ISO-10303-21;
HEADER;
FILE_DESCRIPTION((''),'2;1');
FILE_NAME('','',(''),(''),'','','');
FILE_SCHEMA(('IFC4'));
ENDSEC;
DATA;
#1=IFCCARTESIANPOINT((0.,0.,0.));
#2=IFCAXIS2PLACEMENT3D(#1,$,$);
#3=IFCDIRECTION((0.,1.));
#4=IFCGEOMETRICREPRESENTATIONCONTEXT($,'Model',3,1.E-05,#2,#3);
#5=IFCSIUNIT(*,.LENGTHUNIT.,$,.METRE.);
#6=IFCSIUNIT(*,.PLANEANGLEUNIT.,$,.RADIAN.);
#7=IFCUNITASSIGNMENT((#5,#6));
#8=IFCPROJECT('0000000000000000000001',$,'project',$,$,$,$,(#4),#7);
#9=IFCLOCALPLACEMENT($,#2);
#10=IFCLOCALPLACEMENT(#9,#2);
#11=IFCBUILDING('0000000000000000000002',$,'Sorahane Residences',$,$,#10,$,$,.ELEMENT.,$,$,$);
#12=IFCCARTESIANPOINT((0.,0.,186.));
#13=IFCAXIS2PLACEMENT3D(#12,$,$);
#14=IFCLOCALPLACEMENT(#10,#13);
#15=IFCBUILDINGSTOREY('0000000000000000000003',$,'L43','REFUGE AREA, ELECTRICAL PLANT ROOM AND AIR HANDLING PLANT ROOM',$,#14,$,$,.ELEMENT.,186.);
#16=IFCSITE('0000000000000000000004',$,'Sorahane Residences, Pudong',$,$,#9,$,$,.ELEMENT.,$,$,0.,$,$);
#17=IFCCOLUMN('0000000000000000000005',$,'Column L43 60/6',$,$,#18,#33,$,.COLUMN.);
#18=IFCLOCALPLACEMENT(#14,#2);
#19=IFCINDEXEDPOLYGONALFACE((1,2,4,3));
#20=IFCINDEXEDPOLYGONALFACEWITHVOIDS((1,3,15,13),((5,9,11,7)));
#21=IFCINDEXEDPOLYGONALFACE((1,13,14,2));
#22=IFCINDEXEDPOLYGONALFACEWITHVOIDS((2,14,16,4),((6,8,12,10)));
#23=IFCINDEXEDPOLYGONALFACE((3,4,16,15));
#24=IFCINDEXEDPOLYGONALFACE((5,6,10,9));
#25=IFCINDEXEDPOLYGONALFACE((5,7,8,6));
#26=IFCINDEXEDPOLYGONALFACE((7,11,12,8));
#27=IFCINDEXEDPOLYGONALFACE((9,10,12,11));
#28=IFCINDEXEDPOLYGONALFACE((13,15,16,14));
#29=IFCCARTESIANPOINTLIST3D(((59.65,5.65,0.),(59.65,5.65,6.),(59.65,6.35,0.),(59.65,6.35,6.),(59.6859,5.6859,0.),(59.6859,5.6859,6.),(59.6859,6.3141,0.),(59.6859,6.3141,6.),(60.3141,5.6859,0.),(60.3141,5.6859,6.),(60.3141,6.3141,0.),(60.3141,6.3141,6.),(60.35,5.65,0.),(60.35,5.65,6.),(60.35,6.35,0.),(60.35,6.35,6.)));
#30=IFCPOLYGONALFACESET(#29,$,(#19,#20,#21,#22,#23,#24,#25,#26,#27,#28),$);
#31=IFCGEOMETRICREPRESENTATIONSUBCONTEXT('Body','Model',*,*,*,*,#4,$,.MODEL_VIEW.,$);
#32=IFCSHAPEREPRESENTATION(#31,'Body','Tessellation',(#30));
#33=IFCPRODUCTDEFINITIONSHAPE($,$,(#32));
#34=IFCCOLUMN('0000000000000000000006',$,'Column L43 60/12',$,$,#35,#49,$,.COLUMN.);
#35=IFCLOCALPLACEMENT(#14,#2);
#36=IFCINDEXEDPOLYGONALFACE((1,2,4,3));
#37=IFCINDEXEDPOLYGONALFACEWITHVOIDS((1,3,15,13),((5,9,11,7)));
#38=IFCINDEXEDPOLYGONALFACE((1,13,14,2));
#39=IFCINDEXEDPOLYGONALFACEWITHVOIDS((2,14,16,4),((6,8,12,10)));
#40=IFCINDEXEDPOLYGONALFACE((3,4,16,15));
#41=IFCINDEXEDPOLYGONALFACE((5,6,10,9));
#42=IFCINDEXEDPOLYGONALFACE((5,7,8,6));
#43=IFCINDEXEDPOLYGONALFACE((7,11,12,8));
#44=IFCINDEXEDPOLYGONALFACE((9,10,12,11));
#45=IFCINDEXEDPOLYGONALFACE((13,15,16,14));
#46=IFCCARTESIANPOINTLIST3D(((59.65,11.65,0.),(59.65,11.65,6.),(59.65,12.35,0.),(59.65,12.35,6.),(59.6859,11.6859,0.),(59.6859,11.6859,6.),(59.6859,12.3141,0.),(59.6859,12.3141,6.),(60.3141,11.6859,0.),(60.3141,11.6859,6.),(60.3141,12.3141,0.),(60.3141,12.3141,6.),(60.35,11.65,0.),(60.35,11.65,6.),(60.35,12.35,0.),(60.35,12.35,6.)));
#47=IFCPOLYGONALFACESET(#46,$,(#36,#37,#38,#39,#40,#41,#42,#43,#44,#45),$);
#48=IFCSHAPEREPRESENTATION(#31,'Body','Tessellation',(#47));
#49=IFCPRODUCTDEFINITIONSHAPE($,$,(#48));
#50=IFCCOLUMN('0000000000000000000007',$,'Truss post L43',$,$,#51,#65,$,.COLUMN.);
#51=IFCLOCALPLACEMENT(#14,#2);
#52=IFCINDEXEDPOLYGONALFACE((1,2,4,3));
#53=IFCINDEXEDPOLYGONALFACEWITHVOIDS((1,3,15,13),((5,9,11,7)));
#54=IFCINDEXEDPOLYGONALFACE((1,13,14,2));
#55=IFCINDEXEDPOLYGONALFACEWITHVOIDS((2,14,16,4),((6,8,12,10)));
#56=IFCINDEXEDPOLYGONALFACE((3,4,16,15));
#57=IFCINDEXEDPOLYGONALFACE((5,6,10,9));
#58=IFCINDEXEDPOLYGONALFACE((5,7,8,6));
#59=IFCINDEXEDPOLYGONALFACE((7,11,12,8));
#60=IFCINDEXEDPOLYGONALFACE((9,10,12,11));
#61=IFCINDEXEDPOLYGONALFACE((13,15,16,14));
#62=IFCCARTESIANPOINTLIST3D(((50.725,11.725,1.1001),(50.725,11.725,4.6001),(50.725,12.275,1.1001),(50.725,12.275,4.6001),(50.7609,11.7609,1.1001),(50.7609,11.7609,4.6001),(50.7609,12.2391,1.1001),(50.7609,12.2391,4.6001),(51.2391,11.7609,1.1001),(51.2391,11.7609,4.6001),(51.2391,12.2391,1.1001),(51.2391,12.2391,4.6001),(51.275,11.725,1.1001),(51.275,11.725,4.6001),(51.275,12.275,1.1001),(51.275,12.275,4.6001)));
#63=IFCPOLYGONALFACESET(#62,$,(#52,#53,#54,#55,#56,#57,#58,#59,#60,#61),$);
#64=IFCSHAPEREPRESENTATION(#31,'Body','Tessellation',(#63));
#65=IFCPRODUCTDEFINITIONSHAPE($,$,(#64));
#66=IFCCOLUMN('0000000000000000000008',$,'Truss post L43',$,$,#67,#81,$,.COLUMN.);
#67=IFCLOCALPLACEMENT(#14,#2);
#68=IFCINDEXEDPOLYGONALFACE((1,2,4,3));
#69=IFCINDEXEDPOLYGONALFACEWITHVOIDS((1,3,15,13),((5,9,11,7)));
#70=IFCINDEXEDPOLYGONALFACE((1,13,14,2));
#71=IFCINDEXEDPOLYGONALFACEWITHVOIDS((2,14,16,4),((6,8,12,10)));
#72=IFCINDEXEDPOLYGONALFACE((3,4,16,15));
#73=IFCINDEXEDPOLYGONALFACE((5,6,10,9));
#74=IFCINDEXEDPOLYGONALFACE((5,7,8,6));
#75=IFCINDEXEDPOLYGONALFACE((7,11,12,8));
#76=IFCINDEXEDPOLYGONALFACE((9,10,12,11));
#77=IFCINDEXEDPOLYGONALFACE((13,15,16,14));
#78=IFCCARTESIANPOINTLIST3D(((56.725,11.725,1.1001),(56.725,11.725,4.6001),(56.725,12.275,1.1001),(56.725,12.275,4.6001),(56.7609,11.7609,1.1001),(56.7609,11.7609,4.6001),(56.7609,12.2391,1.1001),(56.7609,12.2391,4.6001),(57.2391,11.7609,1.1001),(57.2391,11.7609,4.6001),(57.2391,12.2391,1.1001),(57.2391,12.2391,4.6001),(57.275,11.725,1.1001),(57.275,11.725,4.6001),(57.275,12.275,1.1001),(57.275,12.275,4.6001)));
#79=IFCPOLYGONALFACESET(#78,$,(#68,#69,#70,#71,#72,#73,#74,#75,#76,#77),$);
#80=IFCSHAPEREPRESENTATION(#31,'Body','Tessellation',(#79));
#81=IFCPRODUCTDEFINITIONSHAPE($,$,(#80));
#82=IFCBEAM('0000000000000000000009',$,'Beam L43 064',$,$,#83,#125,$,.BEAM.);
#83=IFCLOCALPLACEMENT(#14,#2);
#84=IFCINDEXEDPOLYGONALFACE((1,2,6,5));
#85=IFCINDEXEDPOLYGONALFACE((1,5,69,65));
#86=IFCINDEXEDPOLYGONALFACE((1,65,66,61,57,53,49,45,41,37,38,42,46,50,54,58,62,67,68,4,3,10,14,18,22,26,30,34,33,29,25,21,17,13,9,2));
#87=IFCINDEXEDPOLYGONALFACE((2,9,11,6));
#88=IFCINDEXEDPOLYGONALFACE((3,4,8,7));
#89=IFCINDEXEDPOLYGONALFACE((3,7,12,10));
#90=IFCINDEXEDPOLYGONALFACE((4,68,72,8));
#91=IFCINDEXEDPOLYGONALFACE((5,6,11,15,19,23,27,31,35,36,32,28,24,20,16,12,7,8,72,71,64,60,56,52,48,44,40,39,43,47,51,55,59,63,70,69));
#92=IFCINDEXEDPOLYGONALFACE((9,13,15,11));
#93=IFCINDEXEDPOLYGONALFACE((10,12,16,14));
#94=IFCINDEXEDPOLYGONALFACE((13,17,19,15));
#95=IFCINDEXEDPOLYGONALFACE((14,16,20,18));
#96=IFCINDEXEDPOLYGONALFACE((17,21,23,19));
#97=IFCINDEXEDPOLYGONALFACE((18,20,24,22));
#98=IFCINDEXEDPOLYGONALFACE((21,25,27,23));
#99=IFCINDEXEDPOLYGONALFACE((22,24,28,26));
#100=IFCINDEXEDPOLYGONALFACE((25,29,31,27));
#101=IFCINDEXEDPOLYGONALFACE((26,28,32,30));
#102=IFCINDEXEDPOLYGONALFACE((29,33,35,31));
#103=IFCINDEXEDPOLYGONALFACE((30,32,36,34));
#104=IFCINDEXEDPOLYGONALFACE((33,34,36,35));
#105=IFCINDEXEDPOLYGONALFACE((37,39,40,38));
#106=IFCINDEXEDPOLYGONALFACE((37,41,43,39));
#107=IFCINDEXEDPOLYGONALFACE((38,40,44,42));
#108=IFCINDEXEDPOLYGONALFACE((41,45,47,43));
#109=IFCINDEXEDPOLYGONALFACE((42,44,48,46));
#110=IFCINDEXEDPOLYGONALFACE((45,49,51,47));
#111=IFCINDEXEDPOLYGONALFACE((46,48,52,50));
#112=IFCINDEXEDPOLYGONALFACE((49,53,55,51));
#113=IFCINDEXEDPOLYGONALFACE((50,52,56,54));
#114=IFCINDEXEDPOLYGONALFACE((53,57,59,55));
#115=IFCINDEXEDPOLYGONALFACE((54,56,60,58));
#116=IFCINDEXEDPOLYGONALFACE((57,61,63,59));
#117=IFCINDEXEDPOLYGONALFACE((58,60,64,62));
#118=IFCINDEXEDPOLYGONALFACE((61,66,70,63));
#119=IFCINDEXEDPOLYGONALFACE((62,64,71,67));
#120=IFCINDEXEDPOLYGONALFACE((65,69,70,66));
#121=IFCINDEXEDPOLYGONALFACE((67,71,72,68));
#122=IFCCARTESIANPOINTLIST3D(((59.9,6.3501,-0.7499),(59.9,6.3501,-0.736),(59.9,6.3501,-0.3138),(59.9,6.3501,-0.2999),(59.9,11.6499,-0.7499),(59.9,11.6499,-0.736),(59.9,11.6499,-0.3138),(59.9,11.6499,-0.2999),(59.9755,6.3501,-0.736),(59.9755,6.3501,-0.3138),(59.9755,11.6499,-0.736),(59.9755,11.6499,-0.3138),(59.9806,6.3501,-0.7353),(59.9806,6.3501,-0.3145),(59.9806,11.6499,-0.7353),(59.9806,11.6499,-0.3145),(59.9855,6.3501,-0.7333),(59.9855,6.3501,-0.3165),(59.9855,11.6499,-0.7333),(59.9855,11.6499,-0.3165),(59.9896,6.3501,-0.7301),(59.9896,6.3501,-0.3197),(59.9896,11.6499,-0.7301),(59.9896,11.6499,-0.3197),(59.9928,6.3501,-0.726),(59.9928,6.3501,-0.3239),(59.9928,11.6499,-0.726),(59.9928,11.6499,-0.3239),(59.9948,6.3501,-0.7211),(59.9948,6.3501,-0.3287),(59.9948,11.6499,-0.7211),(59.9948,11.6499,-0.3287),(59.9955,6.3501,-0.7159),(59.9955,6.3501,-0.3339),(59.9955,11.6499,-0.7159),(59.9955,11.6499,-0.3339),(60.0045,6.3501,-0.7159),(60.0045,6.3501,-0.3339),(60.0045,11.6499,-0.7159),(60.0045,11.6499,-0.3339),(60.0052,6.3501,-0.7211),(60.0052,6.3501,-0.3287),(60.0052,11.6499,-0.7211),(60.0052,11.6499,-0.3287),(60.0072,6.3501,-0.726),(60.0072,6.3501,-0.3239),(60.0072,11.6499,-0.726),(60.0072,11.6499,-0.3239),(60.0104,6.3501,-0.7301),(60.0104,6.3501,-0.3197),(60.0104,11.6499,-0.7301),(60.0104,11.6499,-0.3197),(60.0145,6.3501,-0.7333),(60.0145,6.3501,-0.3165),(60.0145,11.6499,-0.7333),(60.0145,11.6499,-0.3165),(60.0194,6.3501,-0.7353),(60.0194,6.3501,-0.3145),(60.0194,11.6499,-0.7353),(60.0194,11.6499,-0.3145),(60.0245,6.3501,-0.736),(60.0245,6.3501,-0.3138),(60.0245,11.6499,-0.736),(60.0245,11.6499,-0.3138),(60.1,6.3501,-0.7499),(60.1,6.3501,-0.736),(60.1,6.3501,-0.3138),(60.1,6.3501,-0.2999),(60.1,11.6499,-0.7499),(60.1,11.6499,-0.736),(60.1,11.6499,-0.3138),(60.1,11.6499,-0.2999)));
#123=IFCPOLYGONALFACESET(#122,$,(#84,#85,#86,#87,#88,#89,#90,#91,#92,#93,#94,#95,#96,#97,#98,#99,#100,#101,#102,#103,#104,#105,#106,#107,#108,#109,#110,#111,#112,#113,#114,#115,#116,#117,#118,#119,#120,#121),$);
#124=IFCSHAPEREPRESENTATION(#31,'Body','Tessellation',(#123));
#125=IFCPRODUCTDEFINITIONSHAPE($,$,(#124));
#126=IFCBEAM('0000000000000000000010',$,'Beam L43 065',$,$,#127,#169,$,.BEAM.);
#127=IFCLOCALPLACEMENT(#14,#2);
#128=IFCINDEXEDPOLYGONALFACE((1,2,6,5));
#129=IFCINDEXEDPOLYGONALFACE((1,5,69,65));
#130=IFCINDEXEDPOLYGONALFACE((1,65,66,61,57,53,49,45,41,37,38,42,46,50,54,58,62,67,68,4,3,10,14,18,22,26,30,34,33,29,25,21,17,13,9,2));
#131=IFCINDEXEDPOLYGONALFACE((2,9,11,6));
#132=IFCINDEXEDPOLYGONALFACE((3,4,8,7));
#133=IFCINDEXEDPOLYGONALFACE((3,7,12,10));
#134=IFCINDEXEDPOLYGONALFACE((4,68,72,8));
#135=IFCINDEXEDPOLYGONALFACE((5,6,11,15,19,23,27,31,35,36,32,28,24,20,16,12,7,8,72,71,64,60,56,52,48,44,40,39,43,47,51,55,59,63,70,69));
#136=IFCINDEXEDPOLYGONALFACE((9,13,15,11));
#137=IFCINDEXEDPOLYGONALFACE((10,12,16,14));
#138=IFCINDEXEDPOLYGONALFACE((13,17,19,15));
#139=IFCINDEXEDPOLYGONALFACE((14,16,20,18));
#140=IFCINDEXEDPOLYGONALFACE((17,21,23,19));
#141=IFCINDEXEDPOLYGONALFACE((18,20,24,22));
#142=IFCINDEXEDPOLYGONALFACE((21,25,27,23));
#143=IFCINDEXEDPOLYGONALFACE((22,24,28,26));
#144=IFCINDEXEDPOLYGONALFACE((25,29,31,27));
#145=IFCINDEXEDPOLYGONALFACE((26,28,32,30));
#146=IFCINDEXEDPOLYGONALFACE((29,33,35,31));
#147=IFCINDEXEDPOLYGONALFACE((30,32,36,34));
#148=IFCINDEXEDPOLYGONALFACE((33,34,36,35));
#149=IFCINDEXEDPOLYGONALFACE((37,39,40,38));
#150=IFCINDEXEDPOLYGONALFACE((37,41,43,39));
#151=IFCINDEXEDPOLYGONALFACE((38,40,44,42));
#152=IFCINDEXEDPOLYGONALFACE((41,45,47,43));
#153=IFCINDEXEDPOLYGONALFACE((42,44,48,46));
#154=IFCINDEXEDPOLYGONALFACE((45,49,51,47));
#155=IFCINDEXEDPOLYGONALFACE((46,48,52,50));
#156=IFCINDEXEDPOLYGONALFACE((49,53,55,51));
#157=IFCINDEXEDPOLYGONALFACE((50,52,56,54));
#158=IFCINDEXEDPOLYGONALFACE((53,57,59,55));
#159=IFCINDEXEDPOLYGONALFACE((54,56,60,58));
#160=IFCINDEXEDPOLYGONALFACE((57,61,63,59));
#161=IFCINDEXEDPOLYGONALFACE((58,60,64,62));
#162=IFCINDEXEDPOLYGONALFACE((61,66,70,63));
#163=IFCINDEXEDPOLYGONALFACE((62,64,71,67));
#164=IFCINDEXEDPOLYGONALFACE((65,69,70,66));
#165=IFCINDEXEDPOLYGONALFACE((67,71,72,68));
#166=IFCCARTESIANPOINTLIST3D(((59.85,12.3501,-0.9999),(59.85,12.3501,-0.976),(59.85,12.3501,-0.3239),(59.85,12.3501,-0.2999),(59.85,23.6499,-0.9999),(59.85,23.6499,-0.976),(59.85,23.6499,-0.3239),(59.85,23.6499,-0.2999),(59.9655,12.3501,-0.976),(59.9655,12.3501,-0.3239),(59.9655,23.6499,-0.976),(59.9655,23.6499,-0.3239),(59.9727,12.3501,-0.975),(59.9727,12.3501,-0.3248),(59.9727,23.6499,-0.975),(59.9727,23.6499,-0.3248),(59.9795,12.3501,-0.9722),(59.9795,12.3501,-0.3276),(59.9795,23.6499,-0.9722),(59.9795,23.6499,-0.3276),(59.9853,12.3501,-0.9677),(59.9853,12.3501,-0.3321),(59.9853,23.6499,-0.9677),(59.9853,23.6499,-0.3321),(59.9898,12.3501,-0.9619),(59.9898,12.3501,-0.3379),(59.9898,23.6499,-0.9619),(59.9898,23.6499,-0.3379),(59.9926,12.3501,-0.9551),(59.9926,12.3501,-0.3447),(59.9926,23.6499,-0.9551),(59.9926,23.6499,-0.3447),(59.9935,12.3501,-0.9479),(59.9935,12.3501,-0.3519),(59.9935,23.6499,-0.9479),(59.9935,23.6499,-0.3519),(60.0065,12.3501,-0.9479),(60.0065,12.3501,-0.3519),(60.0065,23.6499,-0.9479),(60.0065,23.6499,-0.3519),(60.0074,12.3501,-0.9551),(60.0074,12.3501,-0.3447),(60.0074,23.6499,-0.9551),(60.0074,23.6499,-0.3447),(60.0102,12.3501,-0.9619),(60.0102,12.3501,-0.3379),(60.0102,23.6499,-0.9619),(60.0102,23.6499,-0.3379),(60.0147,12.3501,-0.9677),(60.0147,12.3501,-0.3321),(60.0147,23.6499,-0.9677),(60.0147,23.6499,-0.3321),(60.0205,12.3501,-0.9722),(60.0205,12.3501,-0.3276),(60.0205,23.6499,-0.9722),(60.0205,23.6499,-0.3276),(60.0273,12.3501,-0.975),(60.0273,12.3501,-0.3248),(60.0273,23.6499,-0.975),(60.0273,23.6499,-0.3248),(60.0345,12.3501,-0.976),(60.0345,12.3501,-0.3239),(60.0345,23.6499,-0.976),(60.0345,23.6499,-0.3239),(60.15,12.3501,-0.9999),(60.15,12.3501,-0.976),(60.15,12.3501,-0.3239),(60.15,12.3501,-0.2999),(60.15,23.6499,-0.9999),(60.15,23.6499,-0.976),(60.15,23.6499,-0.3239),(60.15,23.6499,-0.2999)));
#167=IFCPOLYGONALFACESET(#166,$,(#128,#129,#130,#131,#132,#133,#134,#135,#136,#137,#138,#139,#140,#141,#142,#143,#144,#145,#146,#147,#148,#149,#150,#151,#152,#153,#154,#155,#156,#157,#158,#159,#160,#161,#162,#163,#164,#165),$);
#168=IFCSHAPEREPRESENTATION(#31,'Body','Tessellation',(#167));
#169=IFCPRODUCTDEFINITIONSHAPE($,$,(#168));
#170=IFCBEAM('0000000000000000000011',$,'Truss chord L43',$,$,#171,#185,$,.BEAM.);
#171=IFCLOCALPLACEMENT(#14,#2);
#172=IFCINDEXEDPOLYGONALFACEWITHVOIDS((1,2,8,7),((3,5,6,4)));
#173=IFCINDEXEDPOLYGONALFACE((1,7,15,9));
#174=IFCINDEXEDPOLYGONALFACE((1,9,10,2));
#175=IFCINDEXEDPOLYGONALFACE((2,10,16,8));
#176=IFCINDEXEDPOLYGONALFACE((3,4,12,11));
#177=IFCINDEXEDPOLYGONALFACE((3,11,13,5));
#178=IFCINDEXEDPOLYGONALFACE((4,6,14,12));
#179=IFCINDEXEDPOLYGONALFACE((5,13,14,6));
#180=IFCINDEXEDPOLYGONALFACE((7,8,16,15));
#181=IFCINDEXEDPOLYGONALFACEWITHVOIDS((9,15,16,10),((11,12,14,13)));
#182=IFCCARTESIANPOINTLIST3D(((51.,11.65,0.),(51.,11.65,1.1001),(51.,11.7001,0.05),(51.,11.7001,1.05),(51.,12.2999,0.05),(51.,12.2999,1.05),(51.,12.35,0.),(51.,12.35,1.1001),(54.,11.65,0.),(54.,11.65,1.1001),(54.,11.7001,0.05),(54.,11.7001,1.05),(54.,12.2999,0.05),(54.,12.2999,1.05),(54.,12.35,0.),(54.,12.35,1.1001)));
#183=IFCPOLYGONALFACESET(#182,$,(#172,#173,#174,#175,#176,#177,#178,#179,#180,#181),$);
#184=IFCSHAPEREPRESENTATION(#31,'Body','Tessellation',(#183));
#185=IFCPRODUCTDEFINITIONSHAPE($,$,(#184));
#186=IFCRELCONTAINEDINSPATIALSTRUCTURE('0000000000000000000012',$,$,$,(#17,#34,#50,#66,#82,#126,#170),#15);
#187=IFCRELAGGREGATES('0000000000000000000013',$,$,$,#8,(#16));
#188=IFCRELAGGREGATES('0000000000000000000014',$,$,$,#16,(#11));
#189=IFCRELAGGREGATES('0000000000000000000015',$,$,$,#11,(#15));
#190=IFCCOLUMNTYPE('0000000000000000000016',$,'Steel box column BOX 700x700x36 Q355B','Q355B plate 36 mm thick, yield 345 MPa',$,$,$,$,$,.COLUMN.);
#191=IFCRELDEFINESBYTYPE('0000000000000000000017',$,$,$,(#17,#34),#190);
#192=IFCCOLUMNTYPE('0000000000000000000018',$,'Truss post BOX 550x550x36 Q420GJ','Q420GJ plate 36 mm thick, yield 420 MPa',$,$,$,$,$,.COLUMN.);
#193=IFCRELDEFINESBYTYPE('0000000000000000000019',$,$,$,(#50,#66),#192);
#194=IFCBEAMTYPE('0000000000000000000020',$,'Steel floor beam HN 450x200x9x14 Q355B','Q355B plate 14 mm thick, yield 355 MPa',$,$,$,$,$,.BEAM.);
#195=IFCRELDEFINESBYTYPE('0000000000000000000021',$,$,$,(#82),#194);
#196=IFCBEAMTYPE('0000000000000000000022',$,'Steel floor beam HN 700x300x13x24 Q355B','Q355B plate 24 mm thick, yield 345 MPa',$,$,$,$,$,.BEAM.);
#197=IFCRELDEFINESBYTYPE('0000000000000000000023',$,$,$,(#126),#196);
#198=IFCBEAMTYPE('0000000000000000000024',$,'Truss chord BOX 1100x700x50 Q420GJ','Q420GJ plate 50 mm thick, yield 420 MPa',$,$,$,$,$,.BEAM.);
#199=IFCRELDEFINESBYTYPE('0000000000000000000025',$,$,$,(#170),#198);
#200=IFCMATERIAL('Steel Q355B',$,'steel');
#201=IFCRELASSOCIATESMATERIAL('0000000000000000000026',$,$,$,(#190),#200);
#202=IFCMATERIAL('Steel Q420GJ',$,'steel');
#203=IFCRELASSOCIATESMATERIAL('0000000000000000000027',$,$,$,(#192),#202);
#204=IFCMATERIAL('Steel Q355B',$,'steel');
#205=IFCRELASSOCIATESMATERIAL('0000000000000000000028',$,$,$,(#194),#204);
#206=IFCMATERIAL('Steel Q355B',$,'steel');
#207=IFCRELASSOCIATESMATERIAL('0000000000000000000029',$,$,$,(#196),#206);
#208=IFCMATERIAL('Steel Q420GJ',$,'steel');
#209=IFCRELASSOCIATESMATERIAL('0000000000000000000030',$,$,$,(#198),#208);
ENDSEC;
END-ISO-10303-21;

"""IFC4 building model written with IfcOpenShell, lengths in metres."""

from ifc_helpers import new_model, si_unit, direction, frame, origin, origin_2d, place, context, subcontext, project, spatial, hollow_rectangle, i_section, extrude, material, material_profile, profile_set, type_object, element, save


model = new_model("IFC4")

# Units and contexts
model_context = context("Model", 3, precision=1e-05, world=origin(), true_north=direction((0.0, 1.0)))
body_context = subcontext(model_context, "Body", "Model", "MODEL_VIEW")
ifc_project = project(units=[si_unit("LENGTHUNIT", "METRE"), si_unit("PLANEANGLEUNIT", "RADIAN")], contexts=[model_context])

# Site, building, storey
site_placement = place(None, origin())
site = spatial("IfcSite", under=ifc_project, at=site_placement, Name="Sorahane Residences, Pudong", CompositionType="ELEMENT", RefElevation=0.0)
building_placement = place(site_placement, origin())
building = spatial("IfcBuilding", under=site, at=building_placement, Name="Sorahane Residences", CompositionType="ELEMENT")
storey_placement = place(building_placement, frame((0.0, 0.0, 186.0)))
storey = spatial("IfcBuildingStorey", under=building, at=storey_placement, Name="L43", Description="REFUGE AREA, ELECTRICAL PLANT ROOM AND AIR HANDLING PLANT ROOM", CompositionType="ELEMENT", Elevation=186.0)

# Columns
ifc_material_1 = material(Name="Steel Q355B", Category="steel")
ifc_material_profile_1 = material_profile(ifc_material_1, hollow_rectangle(XDim=0.7, YDim=0.7, WallThickness=0.0359, at=origin_2d()), Name="BOX 700x700x36")
ifc_profile_set_1 = profile_set([ifc_material_profile_1], Name="Steel Q355B")
column_type_1 = type_object("IfcColumnType", Name="Steel box column BOX 700x700x36 Q355B", Description="Q355B plate 36 mm thick, yield 345 MPa", PredefinedType="COLUMN", material=ifc_profile_set_1)
for number, where, z_axis, x_axis, name in (
    (1, (60.0, 6.0, 0.0), (0.0, 0.0, 1.0), (1.0, 0.0, 0.0), "Column L43 60/6"),
    (2, (60.0, 12.0, 0.0), (0.0, 0.0, 1.0), (1.0, 0.0, 0.0), "Column L43 60/12"),
):
    element("IfcColumn", number, at=place(storey_placement, frame(where, z_axis=z_axis, x_axis=x_axis)), inside=storey, type_object=column_type_1, Name=name, PredefinedType="COLUMN", context=body_context, shape_type="SweptSolid", body=[
        extrude(hollow_rectangle(XDim=0.7, YDim=0.7, WallThickness=0.0359, at=origin_2d()), origin(), (0.0, 0.0, 1.0), 6.0),
    ])
ifc_material_2 = material(Name="Steel Q420GJ", Category="steel")
ifc_material_profile_2 = material_profile(ifc_material_2, hollow_rectangle(XDim=0.55, YDim=0.55, WallThickness=0.0359, at=origin_2d()), Name="BOX 550x550x36")
ifc_profile_set_2 = profile_set([ifc_material_profile_2], Name="Steel Q420GJ")
column_type_2 = type_object("IfcColumnType", Name="Truss post BOX 550x550x36 Q420GJ", Description="Q420GJ plate 36 mm thick, yield 420 MPa", PredefinedType="COLUMN", material=ifc_profile_set_2)
for number, where, z_axis, x_axis, name in (
    (3, (51.0, 12.0, 1.1001), (0.0, 0.0, 1.0), (1.0, 0.0, 0.0), "Truss post L43"),
    (4, (57.0, 12.0, 1.1001), (0.0, 0.0, 1.0), (1.0, 0.0, 0.0), "Truss post L43"),
):
    element("IfcColumn", number, at=place(storey_placement, frame(where, z_axis=z_axis, x_axis=x_axis)), inside=storey, type_object=column_type_2, Name=name, PredefinedType="COLUMN", context=body_context, shape_type="SweptSolid", body=[
        extrude(hollow_rectangle(XDim=0.55, YDim=0.55, WallThickness=0.0359, at=origin_2d()), origin(), (0.0, 0.0, 1.0), 3.5),
    ])

# Beams
ifc_material_3 = material(Name="Steel Q355B", Category="steel")
ifc_material_profile_3 = material_profile(ifc_material_3, i_section(OverallWidth=0.2, OverallDepth=0.45, WebThickness=0.009, FlangeThickness=0.0139, FilletRadius=0.02, at=origin_2d()), Name="HN 450x200x9x14")
ifc_profile_set_3 = profile_set([ifc_material_profile_3], Name="Steel Q355B")
beam_type_1 = type_object("IfcBeamType", Name="Steel floor beam HN 450x200x9x14 Q355B", Description="Q355B plate 14 mm thick, yield 355 MPa", PredefinedType="BEAM", material=ifc_profile_set_3)
beam_1_placement = place(storey_placement, frame((60.0, 6.3501, -0.5249), z_axis=(0.0, 1.0, 0.0), x_axis=(-1.0, 0.0, 0.0)))
element("IfcBeam", 5, at=beam_1_placement, inside=storey, type_object=beam_type_1, Name="Beam L43 064", PredefinedType="BEAM", context=body_context, shape_type="SweptSolid", body=[
    extrude(i_section(OverallWidth=0.2, OverallDepth=0.45, WebThickness=0.009, FlangeThickness=0.0139, FilletRadius=0.02, at=origin_2d()), origin(), (0.0, 0.0, 1.0), 5.2998),
])
ifc_material_4 = material(Name="Steel Q355B", Category="steel")
ifc_material_profile_4 = material_profile(ifc_material_4, i_section(OverallWidth=0.3, OverallDepth=0.7, WebThickness=0.0129, FlangeThickness=0.0239, FilletRadius=0.0281, at=origin_2d()), Name="HN 700x300x13x24")
ifc_profile_set_4 = profile_set([ifc_material_profile_4], Name="Steel Q355B")
beam_type_2 = type_object("IfcBeamType", Name="Steel floor beam HN 700x300x13x24 Q355B", Description="Q355B plate 24 mm thick, yield 345 MPa", PredefinedType="BEAM", material=ifc_profile_set_4)
beam_2_placement = place(storey_placement, frame((60.0, 12.3501, -0.6499), z_axis=(0.0, 1.0, 0.0), x_axis=(-1.0, 0.0, 0.0)))
element("IfcBeam", 6, at=beam_2_placement, inside=storey, type_object=beam_type_2, Name="Beam L43 065", PredefinedType="BEAM", context=body_context, shape_type="SweptSolid", body=[
    extrude(i_section(OverallWidth=0.3, OverallDepth=0.7, WebThickness=0.0129, FlangeThickness=0.0239, FilletRadius=0.0281, at=origin_2d()), origin(), (0.0, 0.0, 1.0), 11.2998),
])
ifc_material_5 = material(Name="Steel Q420GJ", Category="steel")
ifc_material_profile_5 = material_profile(ifc_material_5, hollow_rectangle(XDim=0.7, YDim=1.1001, WallThickness=0.05, at=origin_2d()), Name="BOX 1100x700x50")
ifc_profile_set_5 = profile_set([ifc_material_profile_5], Name="Steel Q420GJ")
beam_type_3 = type_object("IfcBeamType", Name="Truss chord BOX 1100x700x50 Q420GJ", Description="Q420GJ plate 50 mm thick, yield 420 MPa", PredefinedType="BEAM", material=ifc_profile_set_5)
beam_3_placement = place(storey_placement, frame((51.0, 12.0, 0.55), z_axis=(1.0, 0.0, 0.0), x_axis=(0.0, 1.0, 0.0)))
element("IfcBeam", 7, at=beam_3_placement, inside=storey, type_object=beam_type_3, Name="Truss chord L43", PredefinedType="BEAM", context=body_context, shape_type="SweptSolid", body=[
    extrude(hollow_rectangle(XDim=0.7, YDim=1.1001, WallThickness=0.05, at=origin_2d()), origin(), (0.0, 0.0, 1.0), 3.0),
])

save(model, "model.ifc")
